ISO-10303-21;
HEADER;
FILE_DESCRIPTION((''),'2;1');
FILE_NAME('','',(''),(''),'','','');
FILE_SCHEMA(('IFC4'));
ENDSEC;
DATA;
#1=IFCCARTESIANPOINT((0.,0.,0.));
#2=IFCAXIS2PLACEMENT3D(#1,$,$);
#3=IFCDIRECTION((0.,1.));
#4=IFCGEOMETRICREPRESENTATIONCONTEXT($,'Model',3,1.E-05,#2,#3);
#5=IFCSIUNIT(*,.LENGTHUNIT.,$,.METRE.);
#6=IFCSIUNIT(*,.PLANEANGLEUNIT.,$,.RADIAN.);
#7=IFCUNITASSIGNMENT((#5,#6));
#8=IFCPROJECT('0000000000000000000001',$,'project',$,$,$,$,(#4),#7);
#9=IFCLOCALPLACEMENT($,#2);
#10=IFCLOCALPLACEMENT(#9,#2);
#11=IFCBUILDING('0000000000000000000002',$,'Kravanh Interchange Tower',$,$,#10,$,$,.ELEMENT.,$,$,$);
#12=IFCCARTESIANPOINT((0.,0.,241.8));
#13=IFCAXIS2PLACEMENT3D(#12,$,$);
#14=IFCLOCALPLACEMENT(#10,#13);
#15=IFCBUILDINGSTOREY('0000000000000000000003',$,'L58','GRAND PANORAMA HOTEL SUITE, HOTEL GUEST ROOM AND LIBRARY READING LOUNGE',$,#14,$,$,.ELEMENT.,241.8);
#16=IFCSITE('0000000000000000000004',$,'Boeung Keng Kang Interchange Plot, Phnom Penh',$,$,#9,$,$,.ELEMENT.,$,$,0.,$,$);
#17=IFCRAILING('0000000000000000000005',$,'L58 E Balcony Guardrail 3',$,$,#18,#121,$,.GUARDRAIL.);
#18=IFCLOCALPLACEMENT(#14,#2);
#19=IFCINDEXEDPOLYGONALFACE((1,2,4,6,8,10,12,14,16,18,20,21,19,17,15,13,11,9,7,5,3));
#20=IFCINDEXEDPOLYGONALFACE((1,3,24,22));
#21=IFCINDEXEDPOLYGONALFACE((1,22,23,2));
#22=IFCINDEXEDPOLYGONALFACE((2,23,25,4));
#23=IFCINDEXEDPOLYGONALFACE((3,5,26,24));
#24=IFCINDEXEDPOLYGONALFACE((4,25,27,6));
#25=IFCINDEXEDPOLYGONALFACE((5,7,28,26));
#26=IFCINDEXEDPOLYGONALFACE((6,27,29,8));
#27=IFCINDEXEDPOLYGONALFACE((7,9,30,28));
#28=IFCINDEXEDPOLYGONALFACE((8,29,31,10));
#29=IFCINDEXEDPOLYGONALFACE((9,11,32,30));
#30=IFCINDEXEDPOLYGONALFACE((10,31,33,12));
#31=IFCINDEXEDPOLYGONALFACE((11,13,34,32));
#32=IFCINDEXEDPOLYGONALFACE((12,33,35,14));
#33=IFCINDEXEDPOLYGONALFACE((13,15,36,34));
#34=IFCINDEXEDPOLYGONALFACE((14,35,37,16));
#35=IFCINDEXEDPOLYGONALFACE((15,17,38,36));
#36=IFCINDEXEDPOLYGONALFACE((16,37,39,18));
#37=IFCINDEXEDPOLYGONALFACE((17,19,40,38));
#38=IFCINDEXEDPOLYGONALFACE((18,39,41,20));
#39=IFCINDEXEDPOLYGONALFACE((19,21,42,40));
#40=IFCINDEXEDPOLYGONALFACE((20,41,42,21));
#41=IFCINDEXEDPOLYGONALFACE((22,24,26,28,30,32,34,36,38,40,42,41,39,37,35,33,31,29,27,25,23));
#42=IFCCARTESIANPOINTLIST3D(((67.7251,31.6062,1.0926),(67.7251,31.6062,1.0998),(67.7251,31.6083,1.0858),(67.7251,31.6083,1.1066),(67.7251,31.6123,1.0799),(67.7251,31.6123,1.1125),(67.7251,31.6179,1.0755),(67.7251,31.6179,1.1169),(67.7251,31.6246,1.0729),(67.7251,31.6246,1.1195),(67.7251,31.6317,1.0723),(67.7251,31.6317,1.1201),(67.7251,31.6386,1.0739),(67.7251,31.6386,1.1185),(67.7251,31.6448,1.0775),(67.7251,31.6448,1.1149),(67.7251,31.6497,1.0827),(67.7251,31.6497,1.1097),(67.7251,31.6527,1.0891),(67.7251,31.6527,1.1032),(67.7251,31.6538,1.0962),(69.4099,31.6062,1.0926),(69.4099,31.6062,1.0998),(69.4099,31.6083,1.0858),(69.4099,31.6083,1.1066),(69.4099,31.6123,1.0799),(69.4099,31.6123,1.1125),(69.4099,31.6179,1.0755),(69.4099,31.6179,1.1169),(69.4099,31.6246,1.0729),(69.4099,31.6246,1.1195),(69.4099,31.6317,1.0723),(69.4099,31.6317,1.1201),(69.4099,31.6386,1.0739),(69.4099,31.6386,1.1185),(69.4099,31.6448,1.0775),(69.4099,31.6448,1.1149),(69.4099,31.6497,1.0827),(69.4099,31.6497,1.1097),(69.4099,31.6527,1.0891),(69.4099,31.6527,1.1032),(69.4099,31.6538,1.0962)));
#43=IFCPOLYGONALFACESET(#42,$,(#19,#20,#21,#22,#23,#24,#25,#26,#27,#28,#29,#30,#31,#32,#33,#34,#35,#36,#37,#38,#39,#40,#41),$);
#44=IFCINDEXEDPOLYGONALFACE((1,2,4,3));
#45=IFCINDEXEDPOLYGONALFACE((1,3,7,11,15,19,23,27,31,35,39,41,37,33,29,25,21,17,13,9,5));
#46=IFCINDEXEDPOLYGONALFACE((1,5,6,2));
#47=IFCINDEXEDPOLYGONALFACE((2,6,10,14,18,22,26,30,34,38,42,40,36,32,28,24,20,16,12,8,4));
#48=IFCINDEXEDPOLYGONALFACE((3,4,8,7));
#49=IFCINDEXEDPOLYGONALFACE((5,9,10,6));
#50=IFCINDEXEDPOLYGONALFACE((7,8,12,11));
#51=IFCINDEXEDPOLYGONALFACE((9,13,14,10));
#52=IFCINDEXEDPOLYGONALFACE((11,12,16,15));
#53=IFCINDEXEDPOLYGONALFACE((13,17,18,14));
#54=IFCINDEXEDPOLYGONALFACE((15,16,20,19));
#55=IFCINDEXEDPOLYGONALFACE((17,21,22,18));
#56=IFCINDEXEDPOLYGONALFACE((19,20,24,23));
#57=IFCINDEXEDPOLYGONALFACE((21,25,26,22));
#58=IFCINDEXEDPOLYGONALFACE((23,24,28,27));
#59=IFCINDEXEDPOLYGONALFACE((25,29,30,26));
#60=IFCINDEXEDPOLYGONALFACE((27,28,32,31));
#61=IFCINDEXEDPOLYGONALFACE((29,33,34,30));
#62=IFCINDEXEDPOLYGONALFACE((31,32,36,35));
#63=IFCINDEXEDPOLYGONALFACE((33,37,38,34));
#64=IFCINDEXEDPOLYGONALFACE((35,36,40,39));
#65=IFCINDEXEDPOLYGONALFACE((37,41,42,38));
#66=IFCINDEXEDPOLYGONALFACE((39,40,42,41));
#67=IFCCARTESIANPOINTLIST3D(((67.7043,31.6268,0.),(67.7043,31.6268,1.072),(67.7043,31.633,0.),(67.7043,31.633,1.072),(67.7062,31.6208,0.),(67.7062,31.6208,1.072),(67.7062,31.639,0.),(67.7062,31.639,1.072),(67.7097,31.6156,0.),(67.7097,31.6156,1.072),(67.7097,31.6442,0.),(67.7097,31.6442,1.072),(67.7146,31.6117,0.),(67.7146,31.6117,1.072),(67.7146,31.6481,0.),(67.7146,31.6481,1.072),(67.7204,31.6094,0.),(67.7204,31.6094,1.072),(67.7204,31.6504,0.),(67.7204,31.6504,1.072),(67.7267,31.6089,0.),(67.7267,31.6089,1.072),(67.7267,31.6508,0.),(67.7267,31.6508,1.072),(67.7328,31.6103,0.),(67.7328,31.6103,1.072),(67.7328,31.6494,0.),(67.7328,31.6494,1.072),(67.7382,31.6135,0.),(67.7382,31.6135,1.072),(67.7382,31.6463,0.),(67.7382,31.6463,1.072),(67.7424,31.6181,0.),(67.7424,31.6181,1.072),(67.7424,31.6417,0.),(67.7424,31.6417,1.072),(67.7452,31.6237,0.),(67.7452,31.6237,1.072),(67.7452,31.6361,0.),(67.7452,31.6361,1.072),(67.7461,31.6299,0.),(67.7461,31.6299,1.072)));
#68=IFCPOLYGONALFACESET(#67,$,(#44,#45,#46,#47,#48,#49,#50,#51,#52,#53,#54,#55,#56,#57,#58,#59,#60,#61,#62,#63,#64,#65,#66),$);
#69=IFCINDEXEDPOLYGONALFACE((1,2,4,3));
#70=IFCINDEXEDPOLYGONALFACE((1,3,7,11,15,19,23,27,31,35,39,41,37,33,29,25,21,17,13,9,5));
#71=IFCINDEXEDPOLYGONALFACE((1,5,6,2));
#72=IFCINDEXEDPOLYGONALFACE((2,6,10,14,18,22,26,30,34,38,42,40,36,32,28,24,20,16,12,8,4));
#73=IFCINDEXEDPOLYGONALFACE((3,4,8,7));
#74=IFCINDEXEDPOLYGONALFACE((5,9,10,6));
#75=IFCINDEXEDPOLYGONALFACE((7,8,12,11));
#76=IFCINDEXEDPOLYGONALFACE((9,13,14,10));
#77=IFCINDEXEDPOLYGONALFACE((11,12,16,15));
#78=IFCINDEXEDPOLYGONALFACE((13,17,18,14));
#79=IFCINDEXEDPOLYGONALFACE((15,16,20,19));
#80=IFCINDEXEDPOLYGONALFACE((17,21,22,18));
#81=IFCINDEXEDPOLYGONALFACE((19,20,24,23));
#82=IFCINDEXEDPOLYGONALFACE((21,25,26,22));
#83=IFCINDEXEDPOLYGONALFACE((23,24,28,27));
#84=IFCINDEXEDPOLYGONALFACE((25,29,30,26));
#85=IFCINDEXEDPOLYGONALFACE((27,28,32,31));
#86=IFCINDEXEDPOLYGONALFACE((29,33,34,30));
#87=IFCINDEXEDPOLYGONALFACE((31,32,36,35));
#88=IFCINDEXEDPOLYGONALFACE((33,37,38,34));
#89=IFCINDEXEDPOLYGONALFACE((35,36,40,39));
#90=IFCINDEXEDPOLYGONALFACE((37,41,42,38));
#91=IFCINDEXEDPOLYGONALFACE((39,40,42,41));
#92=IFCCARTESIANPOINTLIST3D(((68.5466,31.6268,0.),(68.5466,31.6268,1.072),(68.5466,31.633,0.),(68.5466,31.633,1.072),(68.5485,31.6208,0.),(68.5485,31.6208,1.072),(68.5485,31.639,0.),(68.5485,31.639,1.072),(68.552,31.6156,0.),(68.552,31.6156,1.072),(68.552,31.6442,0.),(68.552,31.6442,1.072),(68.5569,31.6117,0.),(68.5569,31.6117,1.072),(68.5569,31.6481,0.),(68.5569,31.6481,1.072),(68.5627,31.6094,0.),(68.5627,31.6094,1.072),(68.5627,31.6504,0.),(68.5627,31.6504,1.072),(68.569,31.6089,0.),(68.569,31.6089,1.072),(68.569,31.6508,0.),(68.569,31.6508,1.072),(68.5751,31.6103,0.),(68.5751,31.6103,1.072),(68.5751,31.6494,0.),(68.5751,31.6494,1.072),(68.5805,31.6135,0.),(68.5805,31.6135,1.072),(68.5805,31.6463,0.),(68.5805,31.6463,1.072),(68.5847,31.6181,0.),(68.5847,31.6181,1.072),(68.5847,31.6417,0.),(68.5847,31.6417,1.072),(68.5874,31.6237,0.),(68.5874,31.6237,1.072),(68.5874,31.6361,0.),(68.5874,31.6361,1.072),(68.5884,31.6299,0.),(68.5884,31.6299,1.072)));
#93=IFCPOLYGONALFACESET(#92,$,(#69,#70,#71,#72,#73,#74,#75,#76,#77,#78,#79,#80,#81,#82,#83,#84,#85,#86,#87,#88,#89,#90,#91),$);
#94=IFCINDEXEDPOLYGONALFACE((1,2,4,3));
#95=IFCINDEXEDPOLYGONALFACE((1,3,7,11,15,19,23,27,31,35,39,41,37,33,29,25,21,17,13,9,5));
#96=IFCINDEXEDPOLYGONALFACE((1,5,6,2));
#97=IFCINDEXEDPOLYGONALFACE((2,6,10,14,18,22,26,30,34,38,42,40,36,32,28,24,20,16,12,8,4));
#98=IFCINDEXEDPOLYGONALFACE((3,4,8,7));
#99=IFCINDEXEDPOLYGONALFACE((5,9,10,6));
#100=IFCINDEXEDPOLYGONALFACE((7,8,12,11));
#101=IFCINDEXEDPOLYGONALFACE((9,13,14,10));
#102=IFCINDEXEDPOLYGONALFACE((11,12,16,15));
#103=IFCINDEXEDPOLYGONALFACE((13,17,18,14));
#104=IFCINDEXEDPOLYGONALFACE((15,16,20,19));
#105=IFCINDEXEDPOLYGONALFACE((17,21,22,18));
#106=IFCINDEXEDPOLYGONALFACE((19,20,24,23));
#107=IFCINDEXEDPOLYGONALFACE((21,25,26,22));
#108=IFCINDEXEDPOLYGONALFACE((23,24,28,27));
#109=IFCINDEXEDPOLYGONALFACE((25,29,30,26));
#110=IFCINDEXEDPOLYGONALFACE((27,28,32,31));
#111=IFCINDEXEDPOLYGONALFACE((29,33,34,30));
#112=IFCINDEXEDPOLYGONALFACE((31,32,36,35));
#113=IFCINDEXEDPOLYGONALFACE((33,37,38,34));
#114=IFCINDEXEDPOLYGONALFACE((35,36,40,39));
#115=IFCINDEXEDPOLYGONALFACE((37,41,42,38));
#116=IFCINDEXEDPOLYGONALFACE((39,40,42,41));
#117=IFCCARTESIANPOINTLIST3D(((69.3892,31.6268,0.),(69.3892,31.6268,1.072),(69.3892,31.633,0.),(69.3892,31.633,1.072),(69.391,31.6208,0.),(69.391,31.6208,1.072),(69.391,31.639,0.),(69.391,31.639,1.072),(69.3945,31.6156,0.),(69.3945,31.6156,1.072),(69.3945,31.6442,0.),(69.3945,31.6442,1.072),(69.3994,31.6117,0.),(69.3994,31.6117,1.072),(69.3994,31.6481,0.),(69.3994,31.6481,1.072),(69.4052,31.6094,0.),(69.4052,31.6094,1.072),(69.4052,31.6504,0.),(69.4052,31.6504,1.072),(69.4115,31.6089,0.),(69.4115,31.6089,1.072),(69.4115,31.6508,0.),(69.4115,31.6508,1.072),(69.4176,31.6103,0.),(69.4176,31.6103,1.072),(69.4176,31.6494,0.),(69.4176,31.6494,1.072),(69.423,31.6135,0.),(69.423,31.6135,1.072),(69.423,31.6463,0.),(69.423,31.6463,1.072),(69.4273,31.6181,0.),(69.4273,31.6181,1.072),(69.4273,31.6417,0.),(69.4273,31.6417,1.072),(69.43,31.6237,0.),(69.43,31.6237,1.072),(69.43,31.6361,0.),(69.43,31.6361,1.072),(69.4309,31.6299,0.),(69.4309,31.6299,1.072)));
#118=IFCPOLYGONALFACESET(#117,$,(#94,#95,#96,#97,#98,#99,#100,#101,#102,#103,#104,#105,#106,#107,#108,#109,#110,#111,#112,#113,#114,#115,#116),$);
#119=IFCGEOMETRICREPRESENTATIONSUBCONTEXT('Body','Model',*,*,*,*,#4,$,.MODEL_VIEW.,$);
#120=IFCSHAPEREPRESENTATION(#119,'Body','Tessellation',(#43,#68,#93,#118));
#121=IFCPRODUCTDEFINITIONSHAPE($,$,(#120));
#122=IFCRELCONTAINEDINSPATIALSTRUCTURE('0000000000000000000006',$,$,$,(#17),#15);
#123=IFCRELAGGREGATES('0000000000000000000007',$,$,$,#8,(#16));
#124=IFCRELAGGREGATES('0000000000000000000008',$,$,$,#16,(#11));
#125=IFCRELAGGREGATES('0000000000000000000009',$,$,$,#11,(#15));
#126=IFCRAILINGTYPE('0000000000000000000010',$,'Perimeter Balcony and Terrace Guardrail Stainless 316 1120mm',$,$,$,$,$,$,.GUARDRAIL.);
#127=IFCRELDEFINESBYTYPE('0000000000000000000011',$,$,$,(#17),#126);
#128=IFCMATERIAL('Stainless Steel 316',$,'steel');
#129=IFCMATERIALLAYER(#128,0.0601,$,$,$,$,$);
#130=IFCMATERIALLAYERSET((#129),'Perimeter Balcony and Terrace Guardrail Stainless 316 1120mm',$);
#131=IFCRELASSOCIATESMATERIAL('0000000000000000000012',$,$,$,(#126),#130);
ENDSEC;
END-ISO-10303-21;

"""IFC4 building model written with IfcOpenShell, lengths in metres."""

from ifc_helpers import new_model, si_unit, direction, frame, origin, origin_2d, place, context, subcontext, project, spatial, circle, extrude, material, layer, layer_set, type_object, element, save


model = new_model("IFC4")

# Units and contexts
model_context = context("Model", 3, precision=1e-05, world=origin(), true_north=direction((0.0, 1.0)))
body_context = subcontext(model_context, "Body", "Model", "MODEL_VIEW")
ifc_project = project(units=[si_unit("LENGTHUNIT", "METRE"), si_unit("PLANEANGLEUNIT", "RADIAN")], contexts=[model_context])

# Site, building, storey
site_placement = place(None, origin())
site = spatial("IfcSite", under=ifc_project, at=site_placement, Name="Boeung Keng Kang Interchange Plot, Phnom Penh", CompositionType="ELEMENT", RefElevation=0.0)
building_placement = place(site_placement, origin())
building = spatial("IfcBuilding", under=site, at=building_placement, Name="Kravanh Interchange Tower", CompositionType="ELEMENT")
storey_placement = place(building_placement, frame((0.0, 0.0, 241.8)))
storey = spatial("IfcBuildingStorey", under=building, at=storey_placement, Name="L58", Description="GRAND PANORAMA HOTEL SUITE, HOTEL GUEST ROOM AND LIBRARY READING LOUNGE", CompositionType="ELEMENT", Elevation=241.8)

# Railing
ifc_material_1 = material(Name="Stainless Steel 316", Category="steel")
ifc_layer_1 = layer(ifc_material_1, 0.0601)
ifc_layer_set_1 = layer_set([ifc_layer_1], Name="Perimeter Balcony and Terrace Guardrail Stainless 316 1120mm")
railing_type = type_object("IfcRailingType", Name="Perimeter Balcony and Terrace Guardrail Stainless 316 1120mm", PredefinedType="GUARDRAIL", material=ifc_layer_set_1)
railing_1_placement = place(storey_placement, frame((67.7251, 31.6299, 0.0)))
element("IfcRailing", 1, at=railing_1_placement, inside=storey, type_object=railing_type, Name="L58 E Balcony Guardrail 3", PredefinedType="GUARDRAIL", context=body_context, shape_type="SweptSolid", body=[
    extrude(circle(Radius=0.0239, at=origin_2d()), frame((0.0, 0.0, 1.0962), z_axis=(1.0, 0.0, 0.0), x_axis=(0.0, 1.0, 0.0)), (0.0, 0.0, 1.0), 1.6848),
    extrude(circle(Radius=0.021, at=origin_2d()), origin(), (0.0, 0.0, 1.0), 1.072),
    extrude(circle(Radius=0.021, at=origin_2d()), frame((0.8423, 0.0, 0.0)), (0.0, 0.0, 1.0), 1.072),
    extrude(circle(Radius=0.021, at=origin_2d()), frame((1.6848, 0.0, 0.0)), (0.0, 0.0, 1.0), 1.072),
])

save(model, "model.ifc")
